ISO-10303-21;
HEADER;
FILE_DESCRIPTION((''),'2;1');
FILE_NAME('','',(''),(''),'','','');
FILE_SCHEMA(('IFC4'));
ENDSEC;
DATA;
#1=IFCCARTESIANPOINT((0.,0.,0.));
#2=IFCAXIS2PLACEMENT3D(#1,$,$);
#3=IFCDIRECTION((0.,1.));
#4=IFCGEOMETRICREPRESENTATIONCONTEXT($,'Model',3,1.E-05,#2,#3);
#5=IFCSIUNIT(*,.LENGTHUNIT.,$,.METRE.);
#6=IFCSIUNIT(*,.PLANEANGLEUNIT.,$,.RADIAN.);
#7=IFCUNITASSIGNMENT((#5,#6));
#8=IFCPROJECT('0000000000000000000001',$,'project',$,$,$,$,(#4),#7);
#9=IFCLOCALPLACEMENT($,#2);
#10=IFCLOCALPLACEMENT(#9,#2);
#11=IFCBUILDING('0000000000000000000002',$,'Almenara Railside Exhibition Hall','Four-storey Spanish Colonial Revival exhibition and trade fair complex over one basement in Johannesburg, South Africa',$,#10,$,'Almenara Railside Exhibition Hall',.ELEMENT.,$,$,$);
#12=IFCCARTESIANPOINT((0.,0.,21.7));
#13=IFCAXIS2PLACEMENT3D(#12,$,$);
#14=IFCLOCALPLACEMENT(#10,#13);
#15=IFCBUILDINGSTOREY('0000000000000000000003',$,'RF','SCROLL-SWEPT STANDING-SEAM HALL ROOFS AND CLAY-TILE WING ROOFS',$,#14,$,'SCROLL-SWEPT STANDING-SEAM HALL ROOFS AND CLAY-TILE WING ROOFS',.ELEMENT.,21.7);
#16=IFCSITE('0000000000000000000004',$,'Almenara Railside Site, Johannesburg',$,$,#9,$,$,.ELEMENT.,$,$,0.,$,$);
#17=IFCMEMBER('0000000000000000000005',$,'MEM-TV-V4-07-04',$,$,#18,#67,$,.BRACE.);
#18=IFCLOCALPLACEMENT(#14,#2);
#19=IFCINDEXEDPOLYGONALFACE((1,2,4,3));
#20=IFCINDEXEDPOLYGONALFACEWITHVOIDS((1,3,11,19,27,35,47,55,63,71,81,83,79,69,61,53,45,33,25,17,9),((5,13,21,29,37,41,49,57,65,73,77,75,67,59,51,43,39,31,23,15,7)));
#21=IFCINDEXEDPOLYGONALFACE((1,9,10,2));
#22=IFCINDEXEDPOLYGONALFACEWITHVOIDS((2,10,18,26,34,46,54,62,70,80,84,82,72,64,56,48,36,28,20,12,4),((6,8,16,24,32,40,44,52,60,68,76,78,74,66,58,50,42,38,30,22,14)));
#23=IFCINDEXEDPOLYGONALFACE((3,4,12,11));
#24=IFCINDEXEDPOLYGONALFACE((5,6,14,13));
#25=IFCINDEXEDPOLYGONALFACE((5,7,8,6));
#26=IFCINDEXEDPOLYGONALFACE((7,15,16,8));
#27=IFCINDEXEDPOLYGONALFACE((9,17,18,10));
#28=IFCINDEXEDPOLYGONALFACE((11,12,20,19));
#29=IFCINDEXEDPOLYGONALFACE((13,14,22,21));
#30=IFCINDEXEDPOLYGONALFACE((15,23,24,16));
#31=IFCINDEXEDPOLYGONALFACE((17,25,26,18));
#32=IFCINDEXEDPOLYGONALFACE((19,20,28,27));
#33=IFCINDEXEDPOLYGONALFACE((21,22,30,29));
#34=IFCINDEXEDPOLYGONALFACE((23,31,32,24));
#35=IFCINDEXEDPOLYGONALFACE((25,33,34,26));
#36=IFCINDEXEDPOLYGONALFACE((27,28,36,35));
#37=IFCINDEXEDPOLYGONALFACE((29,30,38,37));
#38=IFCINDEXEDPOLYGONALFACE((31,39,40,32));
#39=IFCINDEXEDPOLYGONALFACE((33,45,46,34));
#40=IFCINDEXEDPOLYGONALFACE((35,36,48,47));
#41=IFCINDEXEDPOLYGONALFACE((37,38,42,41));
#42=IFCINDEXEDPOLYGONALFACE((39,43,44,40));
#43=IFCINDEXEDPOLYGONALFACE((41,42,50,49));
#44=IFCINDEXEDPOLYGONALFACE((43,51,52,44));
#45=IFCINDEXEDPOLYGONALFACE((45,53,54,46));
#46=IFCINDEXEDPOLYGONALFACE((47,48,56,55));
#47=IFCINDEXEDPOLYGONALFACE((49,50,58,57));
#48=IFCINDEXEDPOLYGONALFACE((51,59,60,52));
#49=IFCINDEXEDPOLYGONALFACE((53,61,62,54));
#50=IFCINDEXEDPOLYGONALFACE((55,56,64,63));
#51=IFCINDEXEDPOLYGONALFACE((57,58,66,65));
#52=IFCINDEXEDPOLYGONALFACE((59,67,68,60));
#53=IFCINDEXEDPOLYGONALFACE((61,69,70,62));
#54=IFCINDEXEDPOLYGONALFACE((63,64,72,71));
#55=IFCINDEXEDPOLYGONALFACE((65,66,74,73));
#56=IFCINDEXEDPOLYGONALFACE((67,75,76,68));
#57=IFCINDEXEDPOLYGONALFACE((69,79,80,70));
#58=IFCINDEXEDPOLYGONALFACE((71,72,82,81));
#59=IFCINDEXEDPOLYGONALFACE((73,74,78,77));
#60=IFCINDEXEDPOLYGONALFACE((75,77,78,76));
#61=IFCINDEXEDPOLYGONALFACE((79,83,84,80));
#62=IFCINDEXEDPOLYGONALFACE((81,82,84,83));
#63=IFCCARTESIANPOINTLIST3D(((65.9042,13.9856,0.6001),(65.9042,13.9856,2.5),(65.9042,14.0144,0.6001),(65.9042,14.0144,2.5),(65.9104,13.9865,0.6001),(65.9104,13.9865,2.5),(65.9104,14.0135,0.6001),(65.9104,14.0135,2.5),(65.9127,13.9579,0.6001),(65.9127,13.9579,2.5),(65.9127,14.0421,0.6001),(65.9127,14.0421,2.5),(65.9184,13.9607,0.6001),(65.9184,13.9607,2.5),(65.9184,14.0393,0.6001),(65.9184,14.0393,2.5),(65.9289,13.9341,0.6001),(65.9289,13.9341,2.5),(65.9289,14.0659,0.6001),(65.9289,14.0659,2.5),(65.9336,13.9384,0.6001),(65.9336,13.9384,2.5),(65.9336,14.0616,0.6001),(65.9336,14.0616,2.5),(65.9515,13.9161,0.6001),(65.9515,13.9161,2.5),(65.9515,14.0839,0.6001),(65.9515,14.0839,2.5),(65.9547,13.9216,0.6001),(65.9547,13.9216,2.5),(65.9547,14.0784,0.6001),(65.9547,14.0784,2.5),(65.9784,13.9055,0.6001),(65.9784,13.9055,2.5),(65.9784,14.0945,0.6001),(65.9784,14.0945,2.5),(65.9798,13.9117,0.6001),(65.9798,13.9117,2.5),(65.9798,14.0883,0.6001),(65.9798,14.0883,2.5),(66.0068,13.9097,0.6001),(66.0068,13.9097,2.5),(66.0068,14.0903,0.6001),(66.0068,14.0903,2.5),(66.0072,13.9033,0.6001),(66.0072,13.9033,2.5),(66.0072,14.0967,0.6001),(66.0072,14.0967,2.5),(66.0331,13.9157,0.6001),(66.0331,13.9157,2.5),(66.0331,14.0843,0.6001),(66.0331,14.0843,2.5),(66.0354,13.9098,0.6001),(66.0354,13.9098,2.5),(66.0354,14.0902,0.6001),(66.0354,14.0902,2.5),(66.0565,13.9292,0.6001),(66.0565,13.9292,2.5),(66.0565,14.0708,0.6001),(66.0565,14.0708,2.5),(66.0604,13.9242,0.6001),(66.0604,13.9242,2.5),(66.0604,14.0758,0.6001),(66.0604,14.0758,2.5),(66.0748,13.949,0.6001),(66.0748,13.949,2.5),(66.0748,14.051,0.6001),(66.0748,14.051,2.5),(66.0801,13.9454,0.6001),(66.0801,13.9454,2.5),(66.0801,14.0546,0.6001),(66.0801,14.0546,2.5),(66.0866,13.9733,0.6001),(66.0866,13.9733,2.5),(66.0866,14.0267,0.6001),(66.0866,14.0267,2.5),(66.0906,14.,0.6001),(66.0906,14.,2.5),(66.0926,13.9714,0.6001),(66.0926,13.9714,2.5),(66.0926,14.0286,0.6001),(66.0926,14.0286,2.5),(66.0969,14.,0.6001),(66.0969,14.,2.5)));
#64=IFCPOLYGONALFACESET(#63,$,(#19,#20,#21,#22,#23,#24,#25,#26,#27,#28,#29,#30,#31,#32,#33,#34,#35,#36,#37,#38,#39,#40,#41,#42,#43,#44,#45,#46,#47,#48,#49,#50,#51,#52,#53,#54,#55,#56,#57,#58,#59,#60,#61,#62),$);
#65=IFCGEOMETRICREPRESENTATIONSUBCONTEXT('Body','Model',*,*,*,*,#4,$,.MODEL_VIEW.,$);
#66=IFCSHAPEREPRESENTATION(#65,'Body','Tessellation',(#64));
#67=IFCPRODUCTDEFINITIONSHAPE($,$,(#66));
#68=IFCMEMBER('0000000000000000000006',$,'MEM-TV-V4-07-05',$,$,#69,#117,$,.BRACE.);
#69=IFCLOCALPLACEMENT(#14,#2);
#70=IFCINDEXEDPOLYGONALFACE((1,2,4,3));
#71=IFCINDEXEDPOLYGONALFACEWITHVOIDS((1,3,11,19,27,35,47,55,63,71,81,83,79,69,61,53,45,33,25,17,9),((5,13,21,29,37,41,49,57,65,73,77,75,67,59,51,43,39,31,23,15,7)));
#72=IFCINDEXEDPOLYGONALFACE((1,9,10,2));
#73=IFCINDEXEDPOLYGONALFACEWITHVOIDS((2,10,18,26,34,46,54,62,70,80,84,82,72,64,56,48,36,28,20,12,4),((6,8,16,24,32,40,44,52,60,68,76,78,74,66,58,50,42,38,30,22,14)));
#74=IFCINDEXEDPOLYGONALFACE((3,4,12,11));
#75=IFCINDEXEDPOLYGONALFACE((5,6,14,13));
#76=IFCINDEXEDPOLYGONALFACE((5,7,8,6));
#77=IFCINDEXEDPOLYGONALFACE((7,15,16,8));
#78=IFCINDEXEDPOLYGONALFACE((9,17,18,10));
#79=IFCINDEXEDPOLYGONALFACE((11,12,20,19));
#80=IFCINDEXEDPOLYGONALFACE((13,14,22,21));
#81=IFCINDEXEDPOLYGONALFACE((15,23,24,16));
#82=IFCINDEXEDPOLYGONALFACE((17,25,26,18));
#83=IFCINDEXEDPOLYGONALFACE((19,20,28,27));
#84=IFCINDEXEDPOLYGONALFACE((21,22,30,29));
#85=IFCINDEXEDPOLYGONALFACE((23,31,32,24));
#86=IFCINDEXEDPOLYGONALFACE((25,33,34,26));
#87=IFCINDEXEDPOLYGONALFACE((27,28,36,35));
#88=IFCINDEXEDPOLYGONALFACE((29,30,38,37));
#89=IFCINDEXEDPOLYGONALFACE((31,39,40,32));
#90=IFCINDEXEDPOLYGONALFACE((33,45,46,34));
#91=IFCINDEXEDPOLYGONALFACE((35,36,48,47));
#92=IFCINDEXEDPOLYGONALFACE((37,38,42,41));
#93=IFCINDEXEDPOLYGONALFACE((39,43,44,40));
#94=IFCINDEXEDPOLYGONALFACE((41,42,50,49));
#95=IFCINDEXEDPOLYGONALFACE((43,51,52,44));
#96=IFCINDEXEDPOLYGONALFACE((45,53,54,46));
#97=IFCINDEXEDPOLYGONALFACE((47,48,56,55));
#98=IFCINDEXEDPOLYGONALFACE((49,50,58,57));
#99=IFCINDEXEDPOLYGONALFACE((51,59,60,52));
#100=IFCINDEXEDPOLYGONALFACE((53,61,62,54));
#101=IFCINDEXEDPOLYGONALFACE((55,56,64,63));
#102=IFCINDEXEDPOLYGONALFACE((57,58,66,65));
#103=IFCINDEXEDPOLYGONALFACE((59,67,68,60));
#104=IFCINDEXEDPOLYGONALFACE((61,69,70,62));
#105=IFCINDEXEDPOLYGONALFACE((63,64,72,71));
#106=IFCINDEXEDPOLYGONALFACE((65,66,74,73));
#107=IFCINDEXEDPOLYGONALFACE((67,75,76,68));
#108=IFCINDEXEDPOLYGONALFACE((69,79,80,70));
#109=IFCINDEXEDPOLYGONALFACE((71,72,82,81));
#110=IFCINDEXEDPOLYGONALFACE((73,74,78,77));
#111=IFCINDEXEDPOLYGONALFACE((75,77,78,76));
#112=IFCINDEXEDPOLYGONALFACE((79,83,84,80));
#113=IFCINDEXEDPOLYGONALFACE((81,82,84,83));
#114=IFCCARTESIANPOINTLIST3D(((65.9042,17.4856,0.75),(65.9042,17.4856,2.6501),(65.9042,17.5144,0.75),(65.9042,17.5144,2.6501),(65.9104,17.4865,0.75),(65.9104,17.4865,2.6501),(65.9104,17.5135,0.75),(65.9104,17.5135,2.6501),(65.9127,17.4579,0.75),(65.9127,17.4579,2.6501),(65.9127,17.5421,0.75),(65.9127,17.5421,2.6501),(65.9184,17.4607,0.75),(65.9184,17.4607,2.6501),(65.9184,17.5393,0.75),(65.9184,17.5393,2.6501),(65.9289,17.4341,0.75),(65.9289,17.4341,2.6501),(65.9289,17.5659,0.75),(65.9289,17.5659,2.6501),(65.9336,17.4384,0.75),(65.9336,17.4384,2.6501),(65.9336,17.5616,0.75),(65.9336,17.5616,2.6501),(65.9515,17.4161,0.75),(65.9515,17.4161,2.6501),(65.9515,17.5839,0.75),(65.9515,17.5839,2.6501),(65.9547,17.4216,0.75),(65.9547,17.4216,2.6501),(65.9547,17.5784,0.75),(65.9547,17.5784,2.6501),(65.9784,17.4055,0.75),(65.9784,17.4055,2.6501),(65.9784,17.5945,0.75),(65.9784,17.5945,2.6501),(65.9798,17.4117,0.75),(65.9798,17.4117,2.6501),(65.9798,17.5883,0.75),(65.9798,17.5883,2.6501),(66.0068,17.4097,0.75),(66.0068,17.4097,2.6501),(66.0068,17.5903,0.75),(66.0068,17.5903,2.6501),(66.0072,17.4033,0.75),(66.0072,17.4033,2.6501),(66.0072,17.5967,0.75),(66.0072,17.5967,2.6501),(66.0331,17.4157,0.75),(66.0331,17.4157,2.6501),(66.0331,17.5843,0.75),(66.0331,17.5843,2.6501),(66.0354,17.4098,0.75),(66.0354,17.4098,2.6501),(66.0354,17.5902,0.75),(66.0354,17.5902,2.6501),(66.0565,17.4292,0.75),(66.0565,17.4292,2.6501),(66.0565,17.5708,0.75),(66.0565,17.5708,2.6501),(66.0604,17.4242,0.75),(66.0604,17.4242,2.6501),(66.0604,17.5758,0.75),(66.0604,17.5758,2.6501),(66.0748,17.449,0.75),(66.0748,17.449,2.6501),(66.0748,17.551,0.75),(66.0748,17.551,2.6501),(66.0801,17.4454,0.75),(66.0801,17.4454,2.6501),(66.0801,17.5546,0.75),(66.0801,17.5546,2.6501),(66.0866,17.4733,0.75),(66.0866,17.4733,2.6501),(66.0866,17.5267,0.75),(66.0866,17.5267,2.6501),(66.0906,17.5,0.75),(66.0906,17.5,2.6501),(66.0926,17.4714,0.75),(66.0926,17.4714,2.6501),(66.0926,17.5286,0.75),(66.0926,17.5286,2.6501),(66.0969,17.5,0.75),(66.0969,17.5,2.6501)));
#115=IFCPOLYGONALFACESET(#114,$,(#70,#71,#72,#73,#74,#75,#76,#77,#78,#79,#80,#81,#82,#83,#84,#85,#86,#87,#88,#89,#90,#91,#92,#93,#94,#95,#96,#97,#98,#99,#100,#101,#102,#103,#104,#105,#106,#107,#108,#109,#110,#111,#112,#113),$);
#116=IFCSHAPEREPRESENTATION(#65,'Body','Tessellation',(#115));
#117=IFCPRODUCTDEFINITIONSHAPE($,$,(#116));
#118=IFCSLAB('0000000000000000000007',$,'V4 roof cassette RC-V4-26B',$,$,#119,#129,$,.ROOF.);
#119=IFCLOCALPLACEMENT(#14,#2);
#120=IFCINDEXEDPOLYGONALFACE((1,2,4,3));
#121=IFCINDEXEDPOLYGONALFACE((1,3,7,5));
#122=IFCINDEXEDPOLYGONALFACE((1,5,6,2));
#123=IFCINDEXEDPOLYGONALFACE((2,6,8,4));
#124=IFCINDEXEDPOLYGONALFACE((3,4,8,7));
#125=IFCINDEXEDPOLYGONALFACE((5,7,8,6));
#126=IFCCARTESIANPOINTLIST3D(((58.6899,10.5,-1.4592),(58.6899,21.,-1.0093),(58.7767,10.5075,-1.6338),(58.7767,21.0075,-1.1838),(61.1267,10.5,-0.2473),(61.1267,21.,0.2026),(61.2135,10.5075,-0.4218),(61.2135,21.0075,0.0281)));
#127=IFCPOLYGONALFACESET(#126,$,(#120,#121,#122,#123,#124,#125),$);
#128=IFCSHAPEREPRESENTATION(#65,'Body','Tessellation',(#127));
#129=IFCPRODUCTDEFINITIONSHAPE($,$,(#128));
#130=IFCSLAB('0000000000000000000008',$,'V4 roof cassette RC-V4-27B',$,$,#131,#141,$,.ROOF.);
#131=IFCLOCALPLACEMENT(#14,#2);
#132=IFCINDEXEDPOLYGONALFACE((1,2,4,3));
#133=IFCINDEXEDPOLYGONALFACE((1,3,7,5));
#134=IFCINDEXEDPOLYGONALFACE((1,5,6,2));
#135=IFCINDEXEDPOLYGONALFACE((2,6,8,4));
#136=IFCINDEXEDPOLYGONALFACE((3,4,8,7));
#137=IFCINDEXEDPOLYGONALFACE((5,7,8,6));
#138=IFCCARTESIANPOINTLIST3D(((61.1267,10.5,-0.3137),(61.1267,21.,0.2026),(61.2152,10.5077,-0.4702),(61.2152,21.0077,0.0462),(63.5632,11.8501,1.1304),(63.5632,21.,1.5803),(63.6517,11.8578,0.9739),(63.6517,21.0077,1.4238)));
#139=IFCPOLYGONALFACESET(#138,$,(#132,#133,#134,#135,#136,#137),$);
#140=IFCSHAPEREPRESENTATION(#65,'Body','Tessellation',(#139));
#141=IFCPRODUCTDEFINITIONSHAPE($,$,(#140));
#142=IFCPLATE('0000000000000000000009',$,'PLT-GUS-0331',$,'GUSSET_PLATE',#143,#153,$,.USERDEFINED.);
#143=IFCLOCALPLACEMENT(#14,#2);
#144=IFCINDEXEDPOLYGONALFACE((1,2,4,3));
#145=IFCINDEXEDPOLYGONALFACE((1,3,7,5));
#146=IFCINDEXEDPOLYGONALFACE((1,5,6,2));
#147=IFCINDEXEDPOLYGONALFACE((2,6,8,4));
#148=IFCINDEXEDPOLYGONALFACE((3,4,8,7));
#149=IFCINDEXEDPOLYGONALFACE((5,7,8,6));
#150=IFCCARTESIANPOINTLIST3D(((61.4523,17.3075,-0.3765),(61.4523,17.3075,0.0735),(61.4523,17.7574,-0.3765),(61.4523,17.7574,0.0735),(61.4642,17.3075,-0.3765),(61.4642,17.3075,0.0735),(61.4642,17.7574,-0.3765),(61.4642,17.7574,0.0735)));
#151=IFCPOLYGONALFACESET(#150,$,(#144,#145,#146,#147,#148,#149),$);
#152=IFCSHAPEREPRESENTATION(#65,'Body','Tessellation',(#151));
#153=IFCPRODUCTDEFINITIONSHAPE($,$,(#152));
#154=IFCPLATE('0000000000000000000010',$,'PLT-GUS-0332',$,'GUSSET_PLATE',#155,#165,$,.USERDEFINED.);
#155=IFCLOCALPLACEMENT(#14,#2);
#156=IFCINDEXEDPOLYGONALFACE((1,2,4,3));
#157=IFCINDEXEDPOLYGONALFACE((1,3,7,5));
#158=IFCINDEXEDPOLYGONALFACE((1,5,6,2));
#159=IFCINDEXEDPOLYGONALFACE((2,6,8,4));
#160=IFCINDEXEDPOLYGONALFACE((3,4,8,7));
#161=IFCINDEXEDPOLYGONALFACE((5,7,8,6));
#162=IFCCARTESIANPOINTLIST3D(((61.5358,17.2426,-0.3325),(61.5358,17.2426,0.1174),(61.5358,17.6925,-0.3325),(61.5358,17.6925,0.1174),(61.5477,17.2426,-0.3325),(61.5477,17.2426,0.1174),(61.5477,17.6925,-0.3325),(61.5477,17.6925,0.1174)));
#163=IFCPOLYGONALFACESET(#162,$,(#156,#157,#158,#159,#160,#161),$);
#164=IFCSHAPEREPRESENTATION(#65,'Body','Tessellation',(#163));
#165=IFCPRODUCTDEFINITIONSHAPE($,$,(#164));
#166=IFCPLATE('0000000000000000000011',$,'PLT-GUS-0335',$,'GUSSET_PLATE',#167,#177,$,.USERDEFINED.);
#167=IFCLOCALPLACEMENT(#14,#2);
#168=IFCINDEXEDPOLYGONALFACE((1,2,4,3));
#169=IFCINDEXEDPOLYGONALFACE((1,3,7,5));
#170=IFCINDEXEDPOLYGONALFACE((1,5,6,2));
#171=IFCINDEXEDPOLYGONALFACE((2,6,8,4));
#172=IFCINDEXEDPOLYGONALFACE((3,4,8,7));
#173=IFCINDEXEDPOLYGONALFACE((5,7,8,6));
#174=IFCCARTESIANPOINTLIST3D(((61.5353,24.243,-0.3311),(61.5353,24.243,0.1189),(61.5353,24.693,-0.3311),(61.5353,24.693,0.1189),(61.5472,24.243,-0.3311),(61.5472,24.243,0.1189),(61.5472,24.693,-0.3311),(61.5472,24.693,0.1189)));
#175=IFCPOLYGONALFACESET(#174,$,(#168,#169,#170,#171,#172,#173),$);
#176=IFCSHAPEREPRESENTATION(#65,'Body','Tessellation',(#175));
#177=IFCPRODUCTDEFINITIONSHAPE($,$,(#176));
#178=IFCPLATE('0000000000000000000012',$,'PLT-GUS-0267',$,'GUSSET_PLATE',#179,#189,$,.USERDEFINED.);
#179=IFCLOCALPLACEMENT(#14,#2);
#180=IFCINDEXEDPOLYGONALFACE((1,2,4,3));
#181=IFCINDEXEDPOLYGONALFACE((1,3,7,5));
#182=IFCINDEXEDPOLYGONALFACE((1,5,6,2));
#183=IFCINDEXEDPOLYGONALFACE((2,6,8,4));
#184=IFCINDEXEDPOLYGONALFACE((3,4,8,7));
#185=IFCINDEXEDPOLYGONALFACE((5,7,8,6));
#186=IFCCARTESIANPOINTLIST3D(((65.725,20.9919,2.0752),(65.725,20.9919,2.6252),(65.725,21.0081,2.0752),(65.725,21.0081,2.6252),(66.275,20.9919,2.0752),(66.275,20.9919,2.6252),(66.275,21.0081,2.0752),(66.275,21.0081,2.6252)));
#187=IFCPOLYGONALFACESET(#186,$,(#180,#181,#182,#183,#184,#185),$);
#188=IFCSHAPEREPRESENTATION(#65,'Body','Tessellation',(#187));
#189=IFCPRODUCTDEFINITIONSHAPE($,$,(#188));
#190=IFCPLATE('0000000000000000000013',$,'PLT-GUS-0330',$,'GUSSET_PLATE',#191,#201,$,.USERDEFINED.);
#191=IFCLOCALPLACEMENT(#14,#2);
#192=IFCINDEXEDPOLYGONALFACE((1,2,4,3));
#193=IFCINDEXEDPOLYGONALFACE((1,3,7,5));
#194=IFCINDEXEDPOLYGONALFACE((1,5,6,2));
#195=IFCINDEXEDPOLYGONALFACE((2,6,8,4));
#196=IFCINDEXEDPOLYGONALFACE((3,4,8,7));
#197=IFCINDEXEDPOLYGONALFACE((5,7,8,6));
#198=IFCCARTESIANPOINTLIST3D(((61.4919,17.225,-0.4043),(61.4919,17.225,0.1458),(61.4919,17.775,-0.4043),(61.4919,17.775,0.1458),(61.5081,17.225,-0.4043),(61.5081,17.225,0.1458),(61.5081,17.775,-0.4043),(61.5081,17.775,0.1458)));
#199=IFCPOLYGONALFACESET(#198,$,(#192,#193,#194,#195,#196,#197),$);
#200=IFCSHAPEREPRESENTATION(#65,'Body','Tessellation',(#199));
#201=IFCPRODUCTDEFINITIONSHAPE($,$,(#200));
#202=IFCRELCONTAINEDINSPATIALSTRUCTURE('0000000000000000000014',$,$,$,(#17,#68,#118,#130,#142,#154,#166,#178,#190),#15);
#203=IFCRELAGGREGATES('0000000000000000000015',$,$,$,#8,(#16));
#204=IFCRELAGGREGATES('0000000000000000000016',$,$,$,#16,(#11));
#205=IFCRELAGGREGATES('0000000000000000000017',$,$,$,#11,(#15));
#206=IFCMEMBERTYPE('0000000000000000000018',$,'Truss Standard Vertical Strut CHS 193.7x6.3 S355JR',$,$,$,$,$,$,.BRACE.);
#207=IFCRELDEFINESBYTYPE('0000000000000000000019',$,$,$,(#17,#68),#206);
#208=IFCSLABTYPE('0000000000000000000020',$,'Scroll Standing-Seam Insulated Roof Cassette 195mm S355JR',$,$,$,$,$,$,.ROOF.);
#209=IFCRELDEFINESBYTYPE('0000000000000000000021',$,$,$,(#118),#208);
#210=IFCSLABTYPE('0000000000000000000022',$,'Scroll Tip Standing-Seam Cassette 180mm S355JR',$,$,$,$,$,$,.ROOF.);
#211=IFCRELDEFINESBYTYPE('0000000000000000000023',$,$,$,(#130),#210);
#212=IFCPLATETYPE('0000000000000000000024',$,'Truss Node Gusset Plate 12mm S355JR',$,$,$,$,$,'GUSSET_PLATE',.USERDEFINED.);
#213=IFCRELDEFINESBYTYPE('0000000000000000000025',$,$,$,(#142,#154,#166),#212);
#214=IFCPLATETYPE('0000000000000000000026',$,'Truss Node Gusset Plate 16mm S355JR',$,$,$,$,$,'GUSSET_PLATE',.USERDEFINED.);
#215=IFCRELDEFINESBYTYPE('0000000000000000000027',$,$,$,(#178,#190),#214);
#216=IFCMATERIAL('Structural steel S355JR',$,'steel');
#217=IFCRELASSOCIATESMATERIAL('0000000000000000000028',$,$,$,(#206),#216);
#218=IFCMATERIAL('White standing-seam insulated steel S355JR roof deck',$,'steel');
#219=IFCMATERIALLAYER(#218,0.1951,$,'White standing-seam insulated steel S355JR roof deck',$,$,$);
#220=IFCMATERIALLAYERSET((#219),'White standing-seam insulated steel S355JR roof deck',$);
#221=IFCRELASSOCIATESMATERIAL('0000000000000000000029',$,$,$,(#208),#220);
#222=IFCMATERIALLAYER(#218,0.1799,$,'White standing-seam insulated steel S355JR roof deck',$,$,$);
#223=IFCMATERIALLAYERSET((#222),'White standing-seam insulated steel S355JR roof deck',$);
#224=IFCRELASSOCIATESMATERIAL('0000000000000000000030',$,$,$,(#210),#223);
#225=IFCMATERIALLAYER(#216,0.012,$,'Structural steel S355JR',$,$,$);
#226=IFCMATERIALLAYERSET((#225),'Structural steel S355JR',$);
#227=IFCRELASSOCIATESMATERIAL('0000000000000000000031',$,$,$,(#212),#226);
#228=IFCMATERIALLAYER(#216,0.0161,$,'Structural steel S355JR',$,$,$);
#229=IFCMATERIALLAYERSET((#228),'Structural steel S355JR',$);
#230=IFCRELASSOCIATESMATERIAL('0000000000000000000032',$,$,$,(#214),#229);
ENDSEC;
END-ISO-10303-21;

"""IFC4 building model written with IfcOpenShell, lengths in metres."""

from ifc_helpers import new_model, si_unit, direction, frame, origin, origin_2d, place, context, subcontext, project, spatial, polyline, rectangle, hollow_circle, outline, extrude, material, layer, layer_set, material_profile, profile_set, type_object, element, save


model = new_model("IFC4")

# Units and contexts
model_context = context("Model", 3, precision=1e-05, world=origin(), true_north=direction((0.0, 1.0)))
body_context = subcontext(model_context, "Body", "Model", "MODEL_VIEW")
ifc_project = project(units=[si_unit("LENGTHUNIT", "METRE"), si_unit("PLANEANGLEUNIT", "RADIAN")], contexts=[model_context])

# Site, building, storey
site_placement = place(None, origin())
site = spatial("IfcSite", under=ifc_project, at=site_placement, Name="Almenara Railside Site, Johannesburg", CompositionType="ELEMENT", RefElevation=0.0)
building_placement = place(site_placement, origin())
building = spatial("IfcBuilding", under=site, at=building_placement, Name="Almenara Railside Exhibition Hall", Description="Four-storey Spanish Colonial Revival exhibition and trade fair complex over one basement in Johannesburg, South Africa", LongName="Almenara Railside Exhibition Hall", CompositionType="ELEMENT")
storey_placement = place(building_placement, frame((0.0, 0.0, 21.7)))
storey = spatial("IfcBuildingStorey", under=building, at=storey_placement, Name="RF", Description="SCROLL-SWEPT STANDING-SEAM HALL ROOFS AND CLAY-TILE WING ROOFS", LongName="SCROLL-SWEPT STANDING-SEAM HALL ROOFS AND CLAY-TILE WING ROOFS", CompositionType="ELEMENT", Elevation=21.7)

# Members
ifc_material_1 = material(Name="Structural steel S355JR", Category="steel")
ifc_material_profile_1 = material_profile(ifc_material_1, hollow_circle(Radius=0.0969, WallThickness=0.0063, at=origin_2d()), Name="CHS 193.7x6.3")
ifc_profile_set_1 = profile_set([ifc_material_profile_1], Name="Structural steel S355JR")
member_type_1 = type_object("IfcMemberType", Name="Truss Standard Vertical Strut CHS 193.7x6.3 S355JR", PredefinedType="BRACE", material=ifc_profile_set_1)
member_1_placement = place(storey_placement, frame((66.0, 14.0, 0.6001), z_axis=(0.0, 0.0, 1.0), x_axis=(1.0, 0.0, 0.0)))
element("IfcMember", 1, at=member_1_placement, inside=storey, type_object=member_type_1, Name="MEM-TV-V4-07-04", PredefinedType="BRACE", context=body_context, shape_type="SweptSolid", body=[
    extrude(hollow_circle(Radius=0.0969, WallThickness=0.0063, at=origin_2d()), origin(), (0.0, 0.0, 1.0), 1.8999),
])
member_2_placement = place(storey_placement, frame((66.0, 17.5, 0.75), z_axis=(0.0, 0.0, 1.0), x_axis=(1.0, 0.0, 0.0)))
element("IfcMember", 2, at=member_2_placement, inside=storey, type_object=member_type_1, Name="MEM-TV-V4-07-05", PredefinedType="BRACE", context=body_context, shape_type="SweptSolid", body=[
    extrude(hollow_circle(Radius=0.0969, WallThickness=0.0063, at=origin_2d()), origin(), (0.0, 0.0, 1.0), 1.9001),
])

# Slabs
ifc_material_2 = material(Name="White standing-seam insulated steel S355JR roof deck", Category="steel")
ifc_layer_1 = layer(ifc_material_2, 0.1951, Name="White standing-seam insulated steel S355JR roof deck")
ifc_layer_set_1 = layer_set([ifc_layer_1], Name="White standing-seam insulated steel S355JR roof deck")
slab_type_1 = type_object("IfcSlabType", Name="Scroll Standing-Seam Insulated Roof Cassette 195mm S355JR", PredefinedType="ROOF", material=ifc_layer_set_1)
slab_1_placement = place(storey_placement, frame((58.6899, 21.0, -1.0093), z_axis=(-0.444983, -0.038341, 0.894718), x_axis=(0.895376, 0.0, 0.445311)))
element("IfcSlab", 3, at=slab_1_placement, inside=storey, type_object=slab_type_1, Name="V4 roof cassette RC-V4-26B", PredefinedType="ROOF", context=body_context, shape_type="SweptSolid", body=[
    extrude(outline(polyline([(0.0, 0.0), (2.7215, 0.0), (2.5211, -10.5077), (-0.2004, -10.5077), (0.0, 0.0)])), origin(), (0.0, 0.0, -1.0), 0.1951),
])
ifc_layer_2 = layer(ifc_material_2, 0.1799, Name="White standing-seam insulated steel S355JR roof deck")
ifc_layer_set_2 = layer_set([ifc_layer_2], Name="White standing-seam insulated steel S355JR roof deck")
slab_type_2 = type_object("IfcSlabType", Name="Scroll Tip Standing-Seam Cassette 180mm S355JR", PredefinedType="ROOF", material=ifc_layer_set_2)
slab_2_placement = place(storey_placement, frame((61.1267, 21.0, 0.2026), z_axis=(-0.49175, -0.042768, 0.869686), x_axis=(0.870482, 0.0, 0.4922)))
element("IfcSlab", 4, at=slab_2_placement, inside=storey, type_object=slab_type_2, Name="V4 roof cassette RC-V4-27B", PredefinedType="ROOF", context=body_context, shape_type="SweptSolid", body=[
    extrude(outline(polyline([(0.0, 0.0), (2.799, 0.0), (2.5776, -9.1583), (-0.2542, -10.5096), (0.0, 0.0)])), origin(), (0.0, 0.0, -1.0), 0.1799),
])

# Plates
ifc_layer_3 = layer(ifc_material_1, 0.012, Name="Structural steel S355JR")
ifc_layer_set_3 = layer_set([ifc_layer_3], Name="Structural steel S355JR")
plate_type_1 = type_object("IfcPlateType", Name="Truss Node Gusset Plate 12mm S355JR", ElementType="GUSSET_PLATE", PredefinedType="USERDEFINED", material=ifc_layer_set_3)
for number, where, z_axis, x_axis, name in (
    (5, (61.4583, 17.5325, -0.3765), (0.0, 0.0, 1.0), (0.0, 1.0, 0.0), "PLT-GUS-0331"),
    (6, (61.5417, 17.4675, -0.3325), (0.0, 0.0, 1.0), (0.0, 1.0, 0.0), "PLT-GUS-0332"),
    (7, (61.5413, 24.468, -0.3311), (0.0, 0.0, 1.0), (0.0, 1.0, 0.0), "PLT-GUS-0335"),
):
    element("IfcPlate", number, at=place(storey_placement, frame(where, z_axis=z_axis, x_axis=x_axis)), inside=storey, type_object=plate_type_1, Name=name, ObjectType="GUSSET_PLATE", PredefinedType="USERDEFINED", context=body_context, shape_type="SweptSolid", body=[
        extrude(rectangle(XDim=0.45, YDim=0.012, at=origin_2d()), origin(), (0.0, 0.0, 1.0), 0.45),
    ])
ifc_layer_4 = layer(ifc_material_1, 0.0161, Name="Structural steel S355JR")
ifc_layer_set_4 = layer_set([ifc_layer_4], Name="Structural steel S355JR")
plate_type_2 = type_object("IfcPlateType", Name="Truss Node Gusset Plate 16mm S355JR", ElementType="GUSSET_PLATE", PredefinedType="USERDEFINED", material=ifc_layer_set_4)
for number, where, z_axis, x_axis, name in (
    (8, (66.0, 21.0, 2.0752), (0.0, 0.0, 1.0), (1.0, 0.0, 0.0), "PLT-GUS-0267"),
    (9, (61.5, 17.5, -0.4043), (0.0, 0.0, 1.0), (0.0, 1.0, 0.0), "PLT-GUS-0330"),
):
    element("IfcPlate", number, at=place(storey_placement, frame(where, z_axis=z_axis, x_axis=x_axis)), inside=storey, type_object=plate_type_2, Name=name, ObjectType="GUSSET_PLATE", PredefinedType="USERDEFINED", context=body_context, shape_type="SweptSolid", body=[
        extrude(rectangle(XDim=0.55, YDim=0.0161, at=origin_2d()), origin(), (0.0, 0.0, 1.0), 0.55),
    ])

save(model, "model.ifc")
